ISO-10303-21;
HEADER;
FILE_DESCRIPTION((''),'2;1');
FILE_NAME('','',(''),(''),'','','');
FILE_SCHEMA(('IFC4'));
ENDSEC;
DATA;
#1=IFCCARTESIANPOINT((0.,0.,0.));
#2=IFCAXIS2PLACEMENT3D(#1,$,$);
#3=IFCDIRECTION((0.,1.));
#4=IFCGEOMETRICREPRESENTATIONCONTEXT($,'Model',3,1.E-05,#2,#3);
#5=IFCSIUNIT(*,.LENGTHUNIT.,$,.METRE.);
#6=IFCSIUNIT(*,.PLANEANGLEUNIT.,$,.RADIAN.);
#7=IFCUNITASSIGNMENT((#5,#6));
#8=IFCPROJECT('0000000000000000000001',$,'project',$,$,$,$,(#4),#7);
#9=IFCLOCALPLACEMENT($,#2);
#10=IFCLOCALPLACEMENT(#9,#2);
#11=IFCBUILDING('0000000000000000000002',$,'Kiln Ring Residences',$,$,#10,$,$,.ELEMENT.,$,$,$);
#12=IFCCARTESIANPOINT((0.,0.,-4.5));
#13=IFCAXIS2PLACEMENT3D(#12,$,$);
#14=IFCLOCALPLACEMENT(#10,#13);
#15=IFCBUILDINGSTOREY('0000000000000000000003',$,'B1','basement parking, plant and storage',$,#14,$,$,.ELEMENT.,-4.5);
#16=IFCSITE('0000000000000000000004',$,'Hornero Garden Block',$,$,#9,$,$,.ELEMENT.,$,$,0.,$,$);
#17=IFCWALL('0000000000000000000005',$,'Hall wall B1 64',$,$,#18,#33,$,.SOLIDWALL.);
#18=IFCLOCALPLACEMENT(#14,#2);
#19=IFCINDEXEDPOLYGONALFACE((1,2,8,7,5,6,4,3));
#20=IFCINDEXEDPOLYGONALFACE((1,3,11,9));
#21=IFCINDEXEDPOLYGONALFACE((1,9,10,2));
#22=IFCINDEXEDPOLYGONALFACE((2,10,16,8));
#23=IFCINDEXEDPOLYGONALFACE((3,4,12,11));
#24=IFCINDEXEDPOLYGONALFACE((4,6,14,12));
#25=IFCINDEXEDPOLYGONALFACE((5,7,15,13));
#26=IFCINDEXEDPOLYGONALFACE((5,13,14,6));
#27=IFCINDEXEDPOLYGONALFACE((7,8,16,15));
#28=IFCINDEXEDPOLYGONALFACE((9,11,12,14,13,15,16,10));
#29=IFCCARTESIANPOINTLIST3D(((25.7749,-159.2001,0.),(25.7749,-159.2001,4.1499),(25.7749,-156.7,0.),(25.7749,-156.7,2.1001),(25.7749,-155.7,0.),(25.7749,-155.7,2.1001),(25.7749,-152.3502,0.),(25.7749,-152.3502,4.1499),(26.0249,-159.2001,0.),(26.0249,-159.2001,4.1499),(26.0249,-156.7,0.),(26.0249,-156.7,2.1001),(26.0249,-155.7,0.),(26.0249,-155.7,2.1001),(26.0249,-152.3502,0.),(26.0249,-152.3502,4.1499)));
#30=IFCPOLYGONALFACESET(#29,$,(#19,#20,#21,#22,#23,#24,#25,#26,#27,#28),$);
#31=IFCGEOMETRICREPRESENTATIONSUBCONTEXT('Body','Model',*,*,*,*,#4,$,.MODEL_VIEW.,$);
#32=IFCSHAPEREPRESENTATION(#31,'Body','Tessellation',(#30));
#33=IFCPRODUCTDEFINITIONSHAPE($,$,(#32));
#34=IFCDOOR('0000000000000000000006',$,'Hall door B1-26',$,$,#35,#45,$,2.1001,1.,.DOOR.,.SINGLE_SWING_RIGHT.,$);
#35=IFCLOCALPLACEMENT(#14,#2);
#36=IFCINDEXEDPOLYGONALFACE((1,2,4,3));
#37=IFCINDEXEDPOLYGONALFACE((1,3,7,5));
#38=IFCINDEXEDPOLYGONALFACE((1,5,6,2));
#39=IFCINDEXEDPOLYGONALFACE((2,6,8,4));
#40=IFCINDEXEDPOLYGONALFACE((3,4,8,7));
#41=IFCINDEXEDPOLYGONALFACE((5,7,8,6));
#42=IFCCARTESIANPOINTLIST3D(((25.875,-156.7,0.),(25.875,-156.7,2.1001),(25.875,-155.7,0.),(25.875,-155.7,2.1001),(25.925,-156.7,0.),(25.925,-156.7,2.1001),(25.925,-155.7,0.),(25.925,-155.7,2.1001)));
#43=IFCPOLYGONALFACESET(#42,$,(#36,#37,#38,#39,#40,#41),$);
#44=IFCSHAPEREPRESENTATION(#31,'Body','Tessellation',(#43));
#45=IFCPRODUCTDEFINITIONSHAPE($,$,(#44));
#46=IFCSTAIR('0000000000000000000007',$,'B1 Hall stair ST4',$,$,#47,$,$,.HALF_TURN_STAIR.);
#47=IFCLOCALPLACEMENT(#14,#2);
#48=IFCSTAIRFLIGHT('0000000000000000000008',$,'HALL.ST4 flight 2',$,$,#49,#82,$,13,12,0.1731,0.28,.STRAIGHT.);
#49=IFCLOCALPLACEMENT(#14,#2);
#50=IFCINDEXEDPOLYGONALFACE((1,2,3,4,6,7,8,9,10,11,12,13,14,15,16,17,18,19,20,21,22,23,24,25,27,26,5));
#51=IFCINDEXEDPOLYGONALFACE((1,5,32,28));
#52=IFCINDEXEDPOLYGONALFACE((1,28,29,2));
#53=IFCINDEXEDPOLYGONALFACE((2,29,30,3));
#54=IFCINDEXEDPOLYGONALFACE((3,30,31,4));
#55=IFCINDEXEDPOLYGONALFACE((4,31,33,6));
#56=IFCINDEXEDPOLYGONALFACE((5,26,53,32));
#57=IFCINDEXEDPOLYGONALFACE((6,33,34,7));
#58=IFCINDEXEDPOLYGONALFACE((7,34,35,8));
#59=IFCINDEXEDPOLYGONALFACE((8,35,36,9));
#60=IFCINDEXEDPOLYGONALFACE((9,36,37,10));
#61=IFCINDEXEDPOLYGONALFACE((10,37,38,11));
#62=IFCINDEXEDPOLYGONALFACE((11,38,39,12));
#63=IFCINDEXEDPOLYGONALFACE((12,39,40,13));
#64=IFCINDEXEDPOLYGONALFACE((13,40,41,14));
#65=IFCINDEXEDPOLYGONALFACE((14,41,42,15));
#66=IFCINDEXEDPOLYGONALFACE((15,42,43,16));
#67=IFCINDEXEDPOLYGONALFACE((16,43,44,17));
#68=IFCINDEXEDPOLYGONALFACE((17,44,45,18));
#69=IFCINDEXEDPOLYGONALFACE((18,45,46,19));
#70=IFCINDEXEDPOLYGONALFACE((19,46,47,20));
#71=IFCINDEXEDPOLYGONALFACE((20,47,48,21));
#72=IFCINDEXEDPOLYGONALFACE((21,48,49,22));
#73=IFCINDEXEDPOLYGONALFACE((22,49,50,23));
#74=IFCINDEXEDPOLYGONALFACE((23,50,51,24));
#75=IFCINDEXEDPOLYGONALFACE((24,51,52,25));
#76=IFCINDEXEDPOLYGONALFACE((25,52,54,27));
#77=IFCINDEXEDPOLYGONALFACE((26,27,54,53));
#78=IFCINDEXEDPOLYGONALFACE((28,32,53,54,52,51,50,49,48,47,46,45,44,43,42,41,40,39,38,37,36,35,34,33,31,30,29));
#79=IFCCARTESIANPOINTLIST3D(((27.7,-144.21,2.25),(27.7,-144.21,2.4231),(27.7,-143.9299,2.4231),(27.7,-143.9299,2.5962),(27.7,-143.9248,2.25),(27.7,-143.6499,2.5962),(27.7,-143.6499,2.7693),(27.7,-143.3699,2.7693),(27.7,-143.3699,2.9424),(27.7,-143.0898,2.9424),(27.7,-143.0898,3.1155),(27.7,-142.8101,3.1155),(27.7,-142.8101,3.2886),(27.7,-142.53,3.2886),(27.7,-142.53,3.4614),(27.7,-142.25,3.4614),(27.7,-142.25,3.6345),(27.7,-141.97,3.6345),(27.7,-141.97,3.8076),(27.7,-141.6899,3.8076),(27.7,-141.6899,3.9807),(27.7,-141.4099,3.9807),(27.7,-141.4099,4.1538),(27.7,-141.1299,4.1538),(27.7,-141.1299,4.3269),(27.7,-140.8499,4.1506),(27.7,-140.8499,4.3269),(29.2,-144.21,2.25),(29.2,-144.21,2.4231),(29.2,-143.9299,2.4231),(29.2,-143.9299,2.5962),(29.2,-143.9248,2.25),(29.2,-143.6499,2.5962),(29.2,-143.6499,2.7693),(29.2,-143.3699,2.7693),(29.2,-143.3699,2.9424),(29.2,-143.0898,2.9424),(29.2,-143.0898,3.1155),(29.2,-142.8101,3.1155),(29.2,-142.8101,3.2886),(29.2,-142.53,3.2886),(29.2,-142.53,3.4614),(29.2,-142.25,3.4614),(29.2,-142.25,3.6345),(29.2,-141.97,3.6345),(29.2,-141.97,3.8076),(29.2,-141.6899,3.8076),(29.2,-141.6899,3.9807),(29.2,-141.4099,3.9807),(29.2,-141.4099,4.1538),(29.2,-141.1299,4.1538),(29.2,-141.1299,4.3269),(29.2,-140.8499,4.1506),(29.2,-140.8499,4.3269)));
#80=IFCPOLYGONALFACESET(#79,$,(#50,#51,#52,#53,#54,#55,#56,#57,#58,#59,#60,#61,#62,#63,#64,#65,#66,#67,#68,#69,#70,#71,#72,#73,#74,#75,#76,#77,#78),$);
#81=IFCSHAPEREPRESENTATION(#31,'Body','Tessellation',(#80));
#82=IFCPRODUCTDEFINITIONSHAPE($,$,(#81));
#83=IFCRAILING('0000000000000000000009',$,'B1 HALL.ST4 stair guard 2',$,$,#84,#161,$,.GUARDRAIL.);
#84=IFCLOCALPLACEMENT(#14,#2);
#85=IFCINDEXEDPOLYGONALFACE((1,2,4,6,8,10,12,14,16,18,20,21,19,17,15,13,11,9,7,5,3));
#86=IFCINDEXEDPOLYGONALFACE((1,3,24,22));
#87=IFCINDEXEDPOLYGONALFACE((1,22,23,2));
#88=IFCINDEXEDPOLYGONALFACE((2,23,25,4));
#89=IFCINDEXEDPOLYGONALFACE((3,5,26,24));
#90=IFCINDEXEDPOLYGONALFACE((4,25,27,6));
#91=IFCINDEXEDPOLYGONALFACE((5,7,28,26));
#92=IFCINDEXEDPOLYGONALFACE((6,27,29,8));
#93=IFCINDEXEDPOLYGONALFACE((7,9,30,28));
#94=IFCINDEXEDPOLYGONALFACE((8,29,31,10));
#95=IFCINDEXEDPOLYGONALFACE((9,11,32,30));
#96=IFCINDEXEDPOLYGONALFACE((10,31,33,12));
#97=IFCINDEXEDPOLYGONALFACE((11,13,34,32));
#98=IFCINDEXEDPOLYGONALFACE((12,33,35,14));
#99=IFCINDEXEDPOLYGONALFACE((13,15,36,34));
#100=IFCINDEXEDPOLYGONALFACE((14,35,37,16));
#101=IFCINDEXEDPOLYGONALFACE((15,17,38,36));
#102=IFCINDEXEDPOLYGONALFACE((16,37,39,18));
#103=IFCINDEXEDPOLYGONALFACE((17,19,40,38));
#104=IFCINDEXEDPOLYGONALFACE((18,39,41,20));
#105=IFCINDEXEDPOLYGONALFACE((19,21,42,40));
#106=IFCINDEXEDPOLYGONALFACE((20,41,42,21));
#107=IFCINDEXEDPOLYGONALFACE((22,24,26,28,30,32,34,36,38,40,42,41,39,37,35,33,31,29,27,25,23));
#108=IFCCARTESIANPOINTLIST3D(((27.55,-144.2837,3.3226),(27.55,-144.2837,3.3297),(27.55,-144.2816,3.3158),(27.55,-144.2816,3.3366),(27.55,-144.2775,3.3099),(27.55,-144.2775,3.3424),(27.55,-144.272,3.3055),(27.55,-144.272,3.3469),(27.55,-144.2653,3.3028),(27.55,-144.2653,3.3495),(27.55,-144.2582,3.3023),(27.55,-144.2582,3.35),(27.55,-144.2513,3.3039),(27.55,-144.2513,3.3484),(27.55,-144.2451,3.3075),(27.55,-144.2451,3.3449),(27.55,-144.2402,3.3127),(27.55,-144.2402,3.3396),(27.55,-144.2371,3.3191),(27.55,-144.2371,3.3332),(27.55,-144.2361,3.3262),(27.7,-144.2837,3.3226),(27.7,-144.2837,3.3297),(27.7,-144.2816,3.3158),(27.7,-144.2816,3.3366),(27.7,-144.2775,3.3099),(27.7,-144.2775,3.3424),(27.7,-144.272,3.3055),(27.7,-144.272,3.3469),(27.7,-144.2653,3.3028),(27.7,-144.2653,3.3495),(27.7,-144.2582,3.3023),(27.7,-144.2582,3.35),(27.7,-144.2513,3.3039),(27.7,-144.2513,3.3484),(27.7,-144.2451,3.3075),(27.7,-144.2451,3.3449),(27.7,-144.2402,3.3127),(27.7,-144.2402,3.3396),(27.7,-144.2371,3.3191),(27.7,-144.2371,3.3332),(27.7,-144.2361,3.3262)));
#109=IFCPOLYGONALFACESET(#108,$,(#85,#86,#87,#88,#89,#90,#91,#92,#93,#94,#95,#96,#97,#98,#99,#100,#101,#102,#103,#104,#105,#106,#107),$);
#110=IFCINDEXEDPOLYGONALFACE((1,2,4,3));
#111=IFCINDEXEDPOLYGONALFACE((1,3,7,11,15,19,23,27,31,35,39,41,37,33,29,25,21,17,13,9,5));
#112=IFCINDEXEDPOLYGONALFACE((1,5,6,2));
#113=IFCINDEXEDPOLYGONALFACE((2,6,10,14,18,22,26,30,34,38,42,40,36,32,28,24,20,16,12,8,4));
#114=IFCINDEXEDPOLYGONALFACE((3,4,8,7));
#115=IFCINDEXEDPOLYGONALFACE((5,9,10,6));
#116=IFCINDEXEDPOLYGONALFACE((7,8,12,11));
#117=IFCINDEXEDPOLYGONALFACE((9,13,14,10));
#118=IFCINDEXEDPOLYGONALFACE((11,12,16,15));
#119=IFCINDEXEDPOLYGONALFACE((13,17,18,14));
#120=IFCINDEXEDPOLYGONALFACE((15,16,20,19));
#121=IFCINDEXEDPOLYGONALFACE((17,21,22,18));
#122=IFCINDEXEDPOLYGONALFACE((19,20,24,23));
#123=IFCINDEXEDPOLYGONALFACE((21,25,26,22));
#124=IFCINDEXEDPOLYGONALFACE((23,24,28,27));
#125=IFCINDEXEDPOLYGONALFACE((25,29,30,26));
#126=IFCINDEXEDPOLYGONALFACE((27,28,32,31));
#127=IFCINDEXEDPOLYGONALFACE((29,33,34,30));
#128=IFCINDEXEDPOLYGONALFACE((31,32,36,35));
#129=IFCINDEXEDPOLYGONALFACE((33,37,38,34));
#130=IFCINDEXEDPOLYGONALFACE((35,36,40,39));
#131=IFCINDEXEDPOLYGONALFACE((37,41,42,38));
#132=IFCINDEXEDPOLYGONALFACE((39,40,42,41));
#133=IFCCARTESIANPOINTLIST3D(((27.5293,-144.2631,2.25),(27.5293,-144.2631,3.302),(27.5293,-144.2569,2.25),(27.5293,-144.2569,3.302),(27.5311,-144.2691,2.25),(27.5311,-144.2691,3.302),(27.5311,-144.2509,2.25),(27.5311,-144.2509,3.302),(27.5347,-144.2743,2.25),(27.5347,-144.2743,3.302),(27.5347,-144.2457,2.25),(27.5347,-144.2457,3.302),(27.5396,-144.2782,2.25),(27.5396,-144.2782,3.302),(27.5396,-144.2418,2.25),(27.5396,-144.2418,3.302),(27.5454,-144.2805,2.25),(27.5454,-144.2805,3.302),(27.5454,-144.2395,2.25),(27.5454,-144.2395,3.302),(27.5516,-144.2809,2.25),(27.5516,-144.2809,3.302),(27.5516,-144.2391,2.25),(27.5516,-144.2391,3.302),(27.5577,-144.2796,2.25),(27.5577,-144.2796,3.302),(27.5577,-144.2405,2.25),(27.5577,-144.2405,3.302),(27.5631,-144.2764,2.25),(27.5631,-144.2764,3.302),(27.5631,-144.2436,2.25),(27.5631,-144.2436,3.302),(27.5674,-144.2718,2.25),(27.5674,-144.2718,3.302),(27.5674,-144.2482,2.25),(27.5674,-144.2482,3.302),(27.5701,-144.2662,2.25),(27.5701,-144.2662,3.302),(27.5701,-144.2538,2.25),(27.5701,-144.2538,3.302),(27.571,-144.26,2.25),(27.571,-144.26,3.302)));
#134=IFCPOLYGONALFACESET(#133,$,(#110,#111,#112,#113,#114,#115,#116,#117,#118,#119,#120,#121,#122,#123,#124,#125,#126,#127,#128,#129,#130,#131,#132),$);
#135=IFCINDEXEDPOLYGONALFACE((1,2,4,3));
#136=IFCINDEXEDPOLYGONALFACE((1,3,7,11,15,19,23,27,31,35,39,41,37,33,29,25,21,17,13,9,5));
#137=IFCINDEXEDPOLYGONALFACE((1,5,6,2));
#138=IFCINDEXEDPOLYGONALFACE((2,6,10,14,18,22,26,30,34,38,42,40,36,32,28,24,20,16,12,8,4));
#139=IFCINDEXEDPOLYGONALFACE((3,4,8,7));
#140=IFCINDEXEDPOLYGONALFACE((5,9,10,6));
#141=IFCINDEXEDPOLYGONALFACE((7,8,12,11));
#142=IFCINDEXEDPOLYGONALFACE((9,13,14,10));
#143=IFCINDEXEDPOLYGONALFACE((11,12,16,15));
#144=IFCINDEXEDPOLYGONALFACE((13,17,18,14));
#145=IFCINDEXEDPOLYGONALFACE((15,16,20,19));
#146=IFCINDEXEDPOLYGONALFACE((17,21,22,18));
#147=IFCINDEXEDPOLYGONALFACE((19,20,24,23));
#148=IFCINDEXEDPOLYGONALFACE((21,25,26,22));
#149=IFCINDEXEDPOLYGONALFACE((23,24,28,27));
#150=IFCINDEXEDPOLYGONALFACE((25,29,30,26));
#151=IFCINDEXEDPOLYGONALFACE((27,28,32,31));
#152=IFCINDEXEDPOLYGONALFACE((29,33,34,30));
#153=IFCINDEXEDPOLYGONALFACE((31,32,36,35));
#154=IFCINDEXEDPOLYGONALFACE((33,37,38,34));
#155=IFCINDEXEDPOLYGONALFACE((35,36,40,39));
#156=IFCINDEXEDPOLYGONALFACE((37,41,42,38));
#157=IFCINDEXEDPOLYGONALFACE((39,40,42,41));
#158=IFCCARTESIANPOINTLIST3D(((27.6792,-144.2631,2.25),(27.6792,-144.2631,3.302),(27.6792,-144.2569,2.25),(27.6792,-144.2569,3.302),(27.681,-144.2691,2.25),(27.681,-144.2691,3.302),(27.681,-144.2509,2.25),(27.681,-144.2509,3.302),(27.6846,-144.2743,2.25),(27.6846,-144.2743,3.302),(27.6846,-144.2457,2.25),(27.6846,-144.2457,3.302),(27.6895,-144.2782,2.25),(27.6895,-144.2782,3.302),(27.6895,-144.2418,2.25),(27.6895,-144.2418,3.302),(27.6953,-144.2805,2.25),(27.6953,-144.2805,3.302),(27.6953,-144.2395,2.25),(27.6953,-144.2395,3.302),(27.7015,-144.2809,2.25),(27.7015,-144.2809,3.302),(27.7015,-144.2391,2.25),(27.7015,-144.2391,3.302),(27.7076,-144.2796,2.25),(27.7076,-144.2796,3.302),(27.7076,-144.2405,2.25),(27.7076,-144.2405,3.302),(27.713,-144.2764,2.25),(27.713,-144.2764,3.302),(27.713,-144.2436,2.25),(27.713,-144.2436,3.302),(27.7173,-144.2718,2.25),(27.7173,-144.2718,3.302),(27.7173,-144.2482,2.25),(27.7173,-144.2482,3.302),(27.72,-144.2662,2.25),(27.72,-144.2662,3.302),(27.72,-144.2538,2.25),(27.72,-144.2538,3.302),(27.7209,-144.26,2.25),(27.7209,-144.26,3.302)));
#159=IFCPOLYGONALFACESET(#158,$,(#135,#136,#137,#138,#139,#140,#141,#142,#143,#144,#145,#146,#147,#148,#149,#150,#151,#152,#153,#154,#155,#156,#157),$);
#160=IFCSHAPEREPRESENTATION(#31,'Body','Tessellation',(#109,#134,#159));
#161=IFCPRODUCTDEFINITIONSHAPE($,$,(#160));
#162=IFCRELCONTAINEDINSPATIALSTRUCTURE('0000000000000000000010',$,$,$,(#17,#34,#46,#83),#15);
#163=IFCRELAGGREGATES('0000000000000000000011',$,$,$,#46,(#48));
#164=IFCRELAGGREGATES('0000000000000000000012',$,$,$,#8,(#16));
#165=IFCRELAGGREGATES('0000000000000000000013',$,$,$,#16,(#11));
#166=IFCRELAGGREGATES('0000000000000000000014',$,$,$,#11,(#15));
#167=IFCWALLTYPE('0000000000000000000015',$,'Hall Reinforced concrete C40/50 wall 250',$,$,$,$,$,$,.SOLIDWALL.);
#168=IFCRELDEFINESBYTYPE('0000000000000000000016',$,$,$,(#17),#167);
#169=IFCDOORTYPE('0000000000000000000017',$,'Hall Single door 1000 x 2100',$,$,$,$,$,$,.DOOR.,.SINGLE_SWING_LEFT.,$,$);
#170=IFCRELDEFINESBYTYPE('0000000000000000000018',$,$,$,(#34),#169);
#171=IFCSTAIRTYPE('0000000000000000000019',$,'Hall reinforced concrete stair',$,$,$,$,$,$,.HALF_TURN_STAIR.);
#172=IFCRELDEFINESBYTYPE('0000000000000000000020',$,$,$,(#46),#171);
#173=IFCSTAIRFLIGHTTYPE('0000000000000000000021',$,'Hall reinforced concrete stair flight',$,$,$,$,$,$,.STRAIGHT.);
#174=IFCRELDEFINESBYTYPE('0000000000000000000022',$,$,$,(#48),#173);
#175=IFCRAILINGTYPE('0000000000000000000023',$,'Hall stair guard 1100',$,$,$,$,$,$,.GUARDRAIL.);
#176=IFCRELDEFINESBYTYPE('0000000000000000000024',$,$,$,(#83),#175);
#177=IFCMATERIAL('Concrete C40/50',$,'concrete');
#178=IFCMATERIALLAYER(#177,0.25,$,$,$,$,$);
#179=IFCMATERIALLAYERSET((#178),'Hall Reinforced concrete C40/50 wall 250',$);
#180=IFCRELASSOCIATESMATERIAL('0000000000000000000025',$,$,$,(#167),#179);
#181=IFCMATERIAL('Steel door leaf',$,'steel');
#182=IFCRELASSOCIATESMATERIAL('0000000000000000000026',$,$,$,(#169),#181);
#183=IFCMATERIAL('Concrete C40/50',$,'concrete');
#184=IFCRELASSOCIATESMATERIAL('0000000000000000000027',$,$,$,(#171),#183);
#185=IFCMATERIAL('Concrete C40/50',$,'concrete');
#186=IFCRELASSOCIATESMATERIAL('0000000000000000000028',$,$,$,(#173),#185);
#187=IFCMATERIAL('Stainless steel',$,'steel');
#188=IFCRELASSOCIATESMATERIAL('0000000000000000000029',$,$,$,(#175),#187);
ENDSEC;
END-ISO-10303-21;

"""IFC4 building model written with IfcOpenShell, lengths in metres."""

from ifc_helpers import new_model, si_unit, direction, frame, frame_2d, origin, origin_2d, place, context, subcontext, project, spatial, polyline, rectangle, circle, outline, extrude, material, layer, layer_set, type_object, element, fill, aggregate, save


model = new_model("IFC4")

# Units and contexts
model_context = context("Model", 3, precision=1e-05, world=origin(), true_north=direction((0.0, 1.0)))
body_context = subcontext(model_context, "Body", "Model", "MODEL_VIEW")
ifc_project = project(units=[si_unit("LENGTHUNIT", "METRE"), si_unit("PLANEANGLEUNIT", "RADIAN")], contexts=[model_context])

# Site, building, storey
site_placement = place(None, origin())
site = spatial("IfcSite", under=ifc_project, at=site_placement, Name="Hornero Garden Block", CompositionType="ELEMENT", RefElevation=0.0)
building_placement = place(site_placement, origin())
building = spatial("IfcBuilding", under=site, at=building_placement, Name="Kiln Ring Residences", CompositionType="ELEMENT")
storey_placement = place(building_placement, frame((0.0, 0.0, -4.5)))
storey = spatial("IfcBuildingStorey", under=building, at=storey_placement, Name="B1", Description="basement parking, plant and storage", CompositionType="ELEMENT", Elevation=-4.5)

# Shared definitions
ifc_material_1 = material(Name="Concrete C40/50", Category="concrete")
ifc_layer_1 = layer(ifc_material_1, 0.25)
ifc_layer_set_1 = layer_set([ifc_layer_1], Name="Hall Reinforced concrete C40/50 wall 250")
wall_type_1 = type_object("IfcWallType", Name="Hall Reinforced concrete C40/50 wall 250", PredefinedType="SOLIDWALL", material=ifc_layer_set_1)

# Wall, opening, door
wall_1_placement = place(storey_placement, frame((25.8999, -159.2, 0.0), z_axis=(0.0, 0.0, 1.0), x_axis=(0.0, 1.0, 0.0)))
wall_1 = element("IfcWall", 1, at=wall_1_placement, inside=storey, type_object=wall_type_1, Name="Hall wall B1 64", PredefinedType="SOLIDWALL", context=body_context, shape_type="SweptSolid", body=[
    extrude(rectangle(XDim=6.8499, YDim=0.25, at=frame_2d((3.4248, 0.0))), origin(), (0.0, 0.0, 1.0), 4.1499),
])
opening_1_placement = place(wall_1_placement, frame((2.5, 0.0, 0.0)))
opening_1 = element("IfcOpeningElement", 2, at=opening_1_placement, cuts=wall_1, PredefinedType="OPENING", context=body_context, shape_type="SweptSolid", body=[
    extrude(rectangle(XDim=1.0, YDim=2.1001, at=frame_2d((0.5, 1.05))), frame((0.0, 0.135, 0.0), z_axis=(0.0, -1.0, 0.0), x_axis=(1.0, 0.0, 0.0)), (0.0, 0.0, 1.0), 0.27),
])
ifc_material_2 = material(Name="Steel door leaf", Category="steel")
door_type_1 = type_object("IfcDoorType", Name="Hall Single door 1000 x 2100", OperationType="SINGLE_SWING_LEFT", PredefinedType="DOOR", material=ifc_material_2)
door_1_placement = place(opening_1_placement, origin())
door_1 = element("IfcDoor", 3, at=door_1_placement, inside=storey, type_object=door_type_1, Name="Hall door B1-26", OperationType="SINGLE_SWING_RIGHT", OverallHeight=2.1001, OverallWidth=1.0, PredefinedType="DOOR", context=body_context, shape_type="SweptSolid", body=[
    extrude(rectangle(XDim=1.0, YDim=2.1001, at=frame_2d((0.5, 1.05))), frame((0.0, 0.0249, 0.0), z_axis=(0.0, -1.0, 0.0), x_axis=(1.0, 0.0, 0.0)), (0.0, 0.0, 1.0), 0.05),
])
fill(opening_1, door_1)

# Stair, stair flight
ifc_material_3 = material(Name="Concrete C40/50", Category="concrete")
stair_type = type_object("IfcStairType", Name="Hall reinforced concrete stair", PredefinedType="HALF_TURN_STAIR", material=ifc_material_3)
stair_placement = place(storey_placement, origin())
stair = element("IfcStair", 4, at=stair_placement, inside=storey, type_object=stair_type, Name="B1 Hall stair ST4", PredefinedType="HALF_TURN_STAIR")
ifc_material_4 = material(Name="Concrete C40/50", Category="concrete")
stair_flight_type = type_object("IfcStairFlightType", Name="Hall reinforced concrete stair flight", PredefinedType="STRAIGHT", material=ifc_material_4)
stair_flight_placement = place(storey_placement, frame((28.45, -144.21, 2.25), z_axis=(0.0, 0.0, 1.0), x_axis=(0.0, 1.0, 0.0)))
stair_flight = element("IfcStairFlight", 5, at=stair_flight_placement, type_object=stair_flight_type, Name="HALL.ST4 flight 2", NumberOfRisers=13, NumberOfTreads=12, PredefinedType="STRAIGHT", RiserHeight=0.1731, TreadLength=0.28, context=body_context, shape_type="SweptSolid", body=[
    extrude(outline(polyline([(0.0, 0.0), (0.0, 0.1731), (0.28, 0.1731), (0.28, 0.3462), (0.5601, 0.3462), (0.5601, 0.5193), (0.8401, 0.5193), (0.8401, 0.6924), (1.1201, 0.6924), (1.1201, 0.8655), (1.3999, 0.8655), (1.3999, 1.0386), (1.6799, 1.0386), (1.6799, 1.2114), (1.96, 1.2114), (1.96, 1.3845), (2.24, 1.3845), (2.24, 1.5576), (2.52, 1.5576), (2.52, 1.7307), (2.8, 1.7307), (2.8, 1.9038), (3.0801, 1.9038), (3.0801, 2.0769), (3.3601, 2.0769), (3.3601, 2.25), (3.3601, 1.9006), (0.2852, 0.0), (0.0, 0.0)])), frame((0.0, 0.75, 0.0), z_axis=(0.0, -1.0, 0.0), x_axis=(1.0, 0.0, 0.0)), (0.0, 0.0, 1.0), 1.5),
])
aggregate(stair, [stair_flight])

# Railing
ifc_material_5 = material(Name="Stainless steel", Category="steel")
railing_type_1 = type_object("IfcRailingType", Name="Hall stair guard 1100", PredefinedType="GUARDRAIL", material=ifc_material_5)
railing_1_placement = place(storey_placement, frame((27.55, -144.26, 2.25)))
element("IfcRailing", 6, at=railing_1_placement, inside=storey, type_object=railing_type_1, Name="B1 HALL.ST4 stair guard 2", PredefinedType="GUARDRAIL", context=body_context, shape_type="SweptSolid", body=[
    extrude(circle(Radius=0.0239, at=origin_2d()), frame((0.0, 0.0, 1.0762), z_axis=(1.0, 0.0, 0.0), x_axis=(0.0, 1.0, 0.0)), (0.0, 0.0, 1.0), 0.1499),
    extrude(circle(Radius=0.021, at=origin_2d()), origin(), (0.0, 0.0, 1.0), 1.052),
    extrude(circle(Radius=0.021, at=origin_2d()), frame((0.1499, 0.0, 0.0)), (0.0, 0.0, 1.0), 1.052),
])

save(model, "model.ifc")
